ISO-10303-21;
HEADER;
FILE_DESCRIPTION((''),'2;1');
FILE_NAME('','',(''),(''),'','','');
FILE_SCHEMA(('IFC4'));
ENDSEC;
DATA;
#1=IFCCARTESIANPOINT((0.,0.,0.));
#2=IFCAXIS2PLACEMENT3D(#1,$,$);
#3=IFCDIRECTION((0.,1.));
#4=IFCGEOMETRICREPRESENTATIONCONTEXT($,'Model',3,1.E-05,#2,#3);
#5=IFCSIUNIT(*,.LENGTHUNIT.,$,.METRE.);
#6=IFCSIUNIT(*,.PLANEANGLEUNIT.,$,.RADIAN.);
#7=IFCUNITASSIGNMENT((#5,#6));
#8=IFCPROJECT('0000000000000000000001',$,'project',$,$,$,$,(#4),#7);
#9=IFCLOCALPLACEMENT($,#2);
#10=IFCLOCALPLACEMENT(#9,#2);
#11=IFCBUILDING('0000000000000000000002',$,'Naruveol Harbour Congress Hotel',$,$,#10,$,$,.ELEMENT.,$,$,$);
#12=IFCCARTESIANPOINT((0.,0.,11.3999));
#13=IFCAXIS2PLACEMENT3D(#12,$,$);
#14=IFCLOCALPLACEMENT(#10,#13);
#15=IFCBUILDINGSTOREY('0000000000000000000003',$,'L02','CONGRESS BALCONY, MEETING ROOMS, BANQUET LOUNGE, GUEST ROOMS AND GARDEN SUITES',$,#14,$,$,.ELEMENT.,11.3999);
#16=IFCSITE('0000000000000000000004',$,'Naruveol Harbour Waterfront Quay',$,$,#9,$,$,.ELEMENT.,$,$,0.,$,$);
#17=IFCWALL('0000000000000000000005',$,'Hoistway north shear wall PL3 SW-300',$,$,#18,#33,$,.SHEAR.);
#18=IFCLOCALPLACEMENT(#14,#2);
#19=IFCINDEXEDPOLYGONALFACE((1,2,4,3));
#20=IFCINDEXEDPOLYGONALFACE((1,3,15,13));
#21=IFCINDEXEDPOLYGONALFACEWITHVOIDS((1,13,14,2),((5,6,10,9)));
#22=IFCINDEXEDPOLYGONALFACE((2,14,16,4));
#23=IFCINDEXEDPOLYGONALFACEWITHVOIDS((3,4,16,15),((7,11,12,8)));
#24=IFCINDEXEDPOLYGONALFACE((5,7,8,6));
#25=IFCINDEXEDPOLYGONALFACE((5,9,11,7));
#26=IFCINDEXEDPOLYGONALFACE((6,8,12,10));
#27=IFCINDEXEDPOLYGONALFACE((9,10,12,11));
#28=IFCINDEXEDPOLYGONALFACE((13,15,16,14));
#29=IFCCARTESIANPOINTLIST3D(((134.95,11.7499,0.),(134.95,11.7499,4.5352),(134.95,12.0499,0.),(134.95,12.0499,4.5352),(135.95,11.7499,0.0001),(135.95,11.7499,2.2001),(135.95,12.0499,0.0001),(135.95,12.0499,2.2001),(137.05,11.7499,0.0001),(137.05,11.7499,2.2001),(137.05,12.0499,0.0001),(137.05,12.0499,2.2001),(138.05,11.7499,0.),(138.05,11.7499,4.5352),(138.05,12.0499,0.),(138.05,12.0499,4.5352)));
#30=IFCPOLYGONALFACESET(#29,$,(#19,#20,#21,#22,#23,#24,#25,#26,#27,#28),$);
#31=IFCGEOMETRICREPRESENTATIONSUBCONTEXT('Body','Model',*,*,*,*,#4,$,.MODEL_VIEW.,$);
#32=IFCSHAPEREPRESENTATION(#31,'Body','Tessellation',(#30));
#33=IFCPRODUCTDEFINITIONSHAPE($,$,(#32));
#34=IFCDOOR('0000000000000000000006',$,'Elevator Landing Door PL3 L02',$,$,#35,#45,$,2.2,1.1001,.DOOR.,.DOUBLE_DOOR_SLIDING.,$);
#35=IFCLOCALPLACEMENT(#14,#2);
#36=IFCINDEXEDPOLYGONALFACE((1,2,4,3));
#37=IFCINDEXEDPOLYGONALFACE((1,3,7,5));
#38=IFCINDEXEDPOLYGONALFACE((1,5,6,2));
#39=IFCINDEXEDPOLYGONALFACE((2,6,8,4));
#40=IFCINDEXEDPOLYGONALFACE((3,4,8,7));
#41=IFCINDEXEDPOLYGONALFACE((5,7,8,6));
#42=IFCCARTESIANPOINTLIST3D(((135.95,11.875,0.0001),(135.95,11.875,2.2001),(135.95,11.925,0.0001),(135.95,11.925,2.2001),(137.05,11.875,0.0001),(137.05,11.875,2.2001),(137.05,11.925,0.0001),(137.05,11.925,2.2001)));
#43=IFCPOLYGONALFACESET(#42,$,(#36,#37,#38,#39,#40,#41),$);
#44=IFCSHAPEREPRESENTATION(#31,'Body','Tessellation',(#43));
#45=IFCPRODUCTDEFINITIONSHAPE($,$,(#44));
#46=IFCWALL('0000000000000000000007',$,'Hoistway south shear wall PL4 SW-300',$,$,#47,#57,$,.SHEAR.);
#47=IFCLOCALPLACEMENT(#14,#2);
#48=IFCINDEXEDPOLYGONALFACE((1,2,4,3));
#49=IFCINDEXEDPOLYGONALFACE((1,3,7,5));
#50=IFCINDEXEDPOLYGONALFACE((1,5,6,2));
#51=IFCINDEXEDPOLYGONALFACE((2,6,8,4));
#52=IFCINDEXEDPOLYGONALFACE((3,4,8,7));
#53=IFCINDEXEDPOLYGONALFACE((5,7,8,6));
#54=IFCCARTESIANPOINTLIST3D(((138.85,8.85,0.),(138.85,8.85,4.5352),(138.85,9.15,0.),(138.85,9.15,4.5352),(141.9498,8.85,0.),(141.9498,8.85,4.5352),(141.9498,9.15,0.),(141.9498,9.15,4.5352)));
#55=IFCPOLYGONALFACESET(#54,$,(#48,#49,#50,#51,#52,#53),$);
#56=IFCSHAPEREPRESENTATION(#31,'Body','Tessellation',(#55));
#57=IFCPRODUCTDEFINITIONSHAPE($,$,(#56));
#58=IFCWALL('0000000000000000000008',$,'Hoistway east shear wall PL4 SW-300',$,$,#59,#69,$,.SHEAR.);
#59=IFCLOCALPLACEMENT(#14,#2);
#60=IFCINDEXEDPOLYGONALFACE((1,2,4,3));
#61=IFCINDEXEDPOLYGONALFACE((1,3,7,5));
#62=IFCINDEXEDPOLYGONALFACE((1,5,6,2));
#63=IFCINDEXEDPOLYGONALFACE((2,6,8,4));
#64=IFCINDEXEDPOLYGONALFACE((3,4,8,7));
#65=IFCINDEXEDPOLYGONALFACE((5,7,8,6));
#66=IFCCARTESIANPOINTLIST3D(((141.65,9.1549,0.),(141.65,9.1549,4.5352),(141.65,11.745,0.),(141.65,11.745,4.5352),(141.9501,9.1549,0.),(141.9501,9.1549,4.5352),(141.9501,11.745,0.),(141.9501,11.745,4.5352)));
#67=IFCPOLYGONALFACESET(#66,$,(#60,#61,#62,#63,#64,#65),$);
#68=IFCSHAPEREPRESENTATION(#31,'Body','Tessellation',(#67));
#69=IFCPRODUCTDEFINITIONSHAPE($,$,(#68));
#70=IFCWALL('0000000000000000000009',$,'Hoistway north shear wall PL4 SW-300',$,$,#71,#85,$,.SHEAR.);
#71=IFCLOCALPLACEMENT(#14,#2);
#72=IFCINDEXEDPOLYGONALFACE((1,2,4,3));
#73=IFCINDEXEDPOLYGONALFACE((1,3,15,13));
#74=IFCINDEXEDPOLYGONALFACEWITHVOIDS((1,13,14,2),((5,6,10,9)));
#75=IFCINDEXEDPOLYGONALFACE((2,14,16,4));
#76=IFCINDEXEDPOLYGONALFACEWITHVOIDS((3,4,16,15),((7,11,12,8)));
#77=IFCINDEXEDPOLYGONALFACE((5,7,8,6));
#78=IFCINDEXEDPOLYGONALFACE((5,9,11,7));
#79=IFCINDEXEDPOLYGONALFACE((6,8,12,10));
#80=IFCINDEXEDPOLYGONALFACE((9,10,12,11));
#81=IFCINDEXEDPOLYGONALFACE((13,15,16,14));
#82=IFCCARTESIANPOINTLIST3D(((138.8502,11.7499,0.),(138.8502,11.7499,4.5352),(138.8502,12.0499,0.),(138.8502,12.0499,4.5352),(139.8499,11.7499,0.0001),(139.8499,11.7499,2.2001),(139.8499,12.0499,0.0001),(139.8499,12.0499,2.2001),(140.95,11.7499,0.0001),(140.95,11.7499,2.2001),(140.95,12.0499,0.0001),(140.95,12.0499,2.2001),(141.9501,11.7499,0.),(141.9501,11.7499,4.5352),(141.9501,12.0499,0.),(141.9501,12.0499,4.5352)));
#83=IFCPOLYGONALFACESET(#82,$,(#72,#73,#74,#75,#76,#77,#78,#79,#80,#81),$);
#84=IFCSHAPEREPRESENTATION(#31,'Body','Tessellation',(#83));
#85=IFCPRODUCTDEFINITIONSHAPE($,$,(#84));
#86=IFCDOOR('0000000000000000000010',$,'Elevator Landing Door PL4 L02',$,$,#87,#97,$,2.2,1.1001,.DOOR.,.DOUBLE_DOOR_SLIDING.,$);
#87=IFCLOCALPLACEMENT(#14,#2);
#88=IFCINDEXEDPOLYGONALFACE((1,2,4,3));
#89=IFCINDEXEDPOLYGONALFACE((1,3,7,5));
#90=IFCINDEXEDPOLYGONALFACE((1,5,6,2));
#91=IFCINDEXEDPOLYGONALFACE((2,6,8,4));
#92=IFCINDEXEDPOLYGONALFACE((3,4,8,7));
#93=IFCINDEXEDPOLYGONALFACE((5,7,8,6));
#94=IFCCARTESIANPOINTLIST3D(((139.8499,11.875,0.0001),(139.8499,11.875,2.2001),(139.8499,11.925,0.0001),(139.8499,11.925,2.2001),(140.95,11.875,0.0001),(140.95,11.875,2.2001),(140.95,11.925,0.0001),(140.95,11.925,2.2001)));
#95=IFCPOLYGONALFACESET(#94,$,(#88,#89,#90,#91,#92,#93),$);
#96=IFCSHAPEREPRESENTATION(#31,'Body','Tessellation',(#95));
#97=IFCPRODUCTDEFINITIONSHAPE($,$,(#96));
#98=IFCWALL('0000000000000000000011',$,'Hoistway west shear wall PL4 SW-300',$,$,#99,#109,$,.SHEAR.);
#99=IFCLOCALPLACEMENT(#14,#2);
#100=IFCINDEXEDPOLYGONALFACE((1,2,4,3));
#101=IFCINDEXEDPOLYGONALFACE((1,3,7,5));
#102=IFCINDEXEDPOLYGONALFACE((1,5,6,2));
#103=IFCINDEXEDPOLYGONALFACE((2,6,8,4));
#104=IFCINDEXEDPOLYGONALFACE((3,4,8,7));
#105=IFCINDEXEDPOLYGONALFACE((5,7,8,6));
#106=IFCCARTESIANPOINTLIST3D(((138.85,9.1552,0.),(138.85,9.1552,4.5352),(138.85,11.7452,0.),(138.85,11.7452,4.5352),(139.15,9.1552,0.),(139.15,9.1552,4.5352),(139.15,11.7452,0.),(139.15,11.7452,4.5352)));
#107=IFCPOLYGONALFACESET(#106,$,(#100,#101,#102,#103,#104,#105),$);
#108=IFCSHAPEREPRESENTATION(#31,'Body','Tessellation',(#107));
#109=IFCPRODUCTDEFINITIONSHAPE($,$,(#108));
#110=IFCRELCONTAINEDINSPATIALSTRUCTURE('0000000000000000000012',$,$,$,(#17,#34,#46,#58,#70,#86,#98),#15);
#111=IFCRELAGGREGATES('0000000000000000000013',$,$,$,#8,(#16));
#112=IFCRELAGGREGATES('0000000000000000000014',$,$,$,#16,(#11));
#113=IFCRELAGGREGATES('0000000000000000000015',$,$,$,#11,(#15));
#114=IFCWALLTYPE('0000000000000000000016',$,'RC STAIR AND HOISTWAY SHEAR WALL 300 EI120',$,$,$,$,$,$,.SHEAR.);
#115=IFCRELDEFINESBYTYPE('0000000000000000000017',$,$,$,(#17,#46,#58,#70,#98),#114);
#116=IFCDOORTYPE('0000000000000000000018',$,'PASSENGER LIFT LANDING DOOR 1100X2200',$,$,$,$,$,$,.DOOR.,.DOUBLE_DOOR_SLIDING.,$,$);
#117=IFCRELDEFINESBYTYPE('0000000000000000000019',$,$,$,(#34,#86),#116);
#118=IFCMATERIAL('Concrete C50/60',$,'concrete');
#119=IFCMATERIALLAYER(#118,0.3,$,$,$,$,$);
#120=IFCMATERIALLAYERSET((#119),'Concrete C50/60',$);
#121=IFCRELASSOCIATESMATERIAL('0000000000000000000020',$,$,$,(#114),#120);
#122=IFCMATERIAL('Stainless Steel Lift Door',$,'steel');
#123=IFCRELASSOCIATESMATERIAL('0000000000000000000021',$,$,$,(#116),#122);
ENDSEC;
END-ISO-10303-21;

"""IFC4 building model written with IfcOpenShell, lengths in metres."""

from ifc_helpers import new_model, si_unit, direction, frame, frame_2d, origin, place, context, subcontext, project, spatial, rectangle, extrude, material, layer, layer_set, type_object, element, fill, save


model = new_model("IFC4")

# Units and contexts
model_context = context("Model", 3, precision=1e-05, world=origin(), true_north=direction((0.0, 1.0)))
body_context = subcontext(model_context, "Body", "Model", "MODEL_VIEW")
ifc_project = project(units=[si_unit("LENGTHUNIT", "METRE"), si_unit("PLANEANGLEUNIT", "RADIAN")], contexts=[model_context])

# Site, building, storey
site_placement = place(None, origin())
site = spatial("IfcSite", under=ifc_project, at=site_placement, Name="Naruveol Harbour Waterfront Quay", CompositionType="ELEMENT", RefElevation=0.0)
building_placement = place(site_placement, origin())
building = spatial("IfcBuilding", under=site, at=building_placement, Name="Naruveol Harbour Congress Hotel", CompositionType="ELEMENT")
storey_placement = place(building_placement, frame((0.0, 0.0, 11.3999)))
storey = spatial("IfcBuildingStorey", under=building, at=storey_placement, Name="L02", Description="CONGRESS BALCONY, MEETING ROOMS, BANQUET LOUNGE, GUEST ROOMS AND GARDEN SUITES", CompositionType="ELEMENT", Elevation=11.3999)

# Shared definitions
ifc_material_1 = material(Name="Concrete C50/60", Category="concrete")
ifc_layer_1 = layer(ifc_material_1, 0.3)
ifc_layer_set_1 = layer_set([ifc_layer_1], Name="Concrete C50/60")
wall_type_1 = type_object("IfcWallType", Name="RC STAIR AND HOISTWAY SHEAR WALL 300 EI120", PredefinedType="SHEAR", material=ifc_layer_set_1)

# Wall, opening, door
wall_1_placement = place(storey_placement, frame((138.05, 11.8999, 0.0), z_axis=(0.0, 0.0, 1.0), x_axis=(-1.0, 0.0, 0.0)))
wall_1 = element("IfcWall", 1, at=wall_1_placement, inside=storey, type_object=wall_type_1, Name="Hoistway north shear wall PL3 SW-300", PredefinedType="SHEAR", context=body_context, shape_type="SweptSolid", body=[
    extrude(rectangle(XDim=3.1001, YDim=0.3, at=frame_2d((1.55, 0.0))), origin(), (0.0, 0.0, 1.0), 4.5352),
])
opening_1_placement = place(wall_1_placement, frame((1.0, 0.0, 0.0)))
opening_1 = element("IfcOpeningElement", 2, at=opening_1_placement, cuts=wall_1, PredefinedType="OPENING", context=body_context, shape_type="SweptSolid", body=[
    extrude(rectangle(XDim=1.1001, YDim=2.2, at=frame_2d((0.55, 1.1001))), frame((0.0, 0.1599, 0.0), z_axis=(0.0, -1.0, 0.0), x_axis=(1.0, 0.0, 0.0)), (0.0, 0.0, 1.0), 0.3201),
])
ifc_material_2 = material(Name="Stainless Steel Lift Door", Category="steel")
door_type_1 = type_object("IfcDoorType", Name="PASSENGER LIFT LANDING DOOR 1100X2200", OperationType="DOUBLE_DOOR_SLIDING", PredefinedType="DOOR", material=ifc_material_2)
door_1_placement = place(opening_1_placement, origin())
door_1 = element("IfcDoor", 3, at=door_1_placement, inside=storey, type_object=door_type_1, Name="Elevator Landing Door PL3 L02", OperationType="DOUBLE_DOOR_SLIDING", OverallHeight=2.2, OverallWidth=1.1001, PredefinedType="DOOR", context=body_context, shape_type="SweptSolid", body=[
    extrude(rectangle(XDim=1.1001, YDim=2.2, at=frame_2d((0.55, 1.1001))), frame((0.0, 0.0249, 0.0), z_axis=(0.0, -1.0, 0.0), x_axis=(1.0, 0.0, 0.0)), (0.0, 0.0, 1.0), 0.05),
])
fill(opening_1, door_1)

# Walls
wall_2_placement = place(storey_placement, frame((138.8501, 9.0, 0.0), z_axis=(0.0, 0.0, 1.0), x_axis=(1.0, 0.0, 0.0)))
element("IfcWall", 4, at=wall_2_placement, inside=storey, type_object=wall_type_1, Name="Hoistway south shear wall PL4 SW-300", PredefinedType="SHEAR", context=body_context, shape_type="SweptSolid", body=[
    extrude(rectangle(XDim=3.0999, YDim=0.3, at=frame_2d((1.5498, 0.0))), origin(), (0.0, 0.0, 1.0), 4.5352),
])
wall_3_placement = place(storey_placement, frame((141.8, 9.155, 0.0), z_axis=(0.0, 0.0, 1.0), x_axis=(0.0, 1.0, 0.0)))
element("IfcWall", 5, at=wall_3_placement, inside=storey, type_object=wall_type_1, Name="Hoistway east shear wall PL4 SW-300", PredefinedType="SHEAR", context=body_context, shape_type="SweptSolid", body=[
    extrude(rectangle(XDim=2.5901, YDim=0.3, at=frame_2d((1.2949, 0.0))), origin(), (0.0, 0.0, 1.0), 4.5352),
])

# Wall, opening, door
wall_4_placement = place(storey_placement, frame((141.95, 11.8999, 0.0), z_axis=(0.0, 0.0, 1.0), x_axis=(-1.0, 0.0, 0.0)))
wall_4 = element("IfcWall", 6, at=wall_4_placement, inside=storey, type_object=wall_type_1, Name="Hoistway north shear wall PL4 SW-300", PredefinedType="SHEAR", context=body_context, shape_type="SweptSolid", body=[
    extrude(rectangle(XDim=3.0999, YDim=0.3, at=frame_2d((1.5498, 0.0))), origin(), (0.0, 0.0, 1.0), 4.5352),
])
opening_2_placement = place(wall_4_placement, frame((1.0, 0.0, 0.0)))
opening_2 = element("IfcOpeningElement", 7, at=opening_2_placement, cuts=wall_4, PredefinedType="OPENING", context=body_context, shape_type="SweptSolid", body=[
    extrude(rectangle(XDim=1.1001, YDim=2.2, at=frame_2d((0.55, 1.1001))), frame((0.0, 0.1599, 0.0), z_axis=(0.0, -1.0, 0.0), x_axis=(1.0, 0.0, 0.0)), (0.0, 0.0, 1.0), 0.3201),
])
door_2_placement = place(opening_2_placement, origin())
door_2 = element("IfcDoor", 8, at=door_2_placement, inside=storey, type_object=door_type_1, Name="Elevator Landing Door PL4 L02", OperationType="DOUBLE_DOOR_SLIDING", OverallHeight=2.2, OverallWidth=1.1001, PredefinedType="DOOR", context=body_context, shape_type="SweptSolid", body=[
    extrude(rectangle(XDim=1.1001, YDim=2.2, at=frame_2d((0.55, 1.1001))), frame((0.0, 0.0249, 0.0), z_axis=(0.0, -1.0, 0.0), x_axis=(1.0, 0.0, 0.0)), (0.0, 0.0, 1.0), 0.05),
])
fill(opening_2, door_2)

# Wall
wall_5_placement = place(storey_placement, frame((139.0, 11.7451, 0.0), z_axis=(0.0, 0.0, 1.0), x_axis=(0.0, -1.0, 0.0)))
element("IfcWall", 9, at=wall_5_placement, inside=storey, type_object=wall_type_1, Name="Hoistway west shear wall PL4 SW-300", PredefinedType="SHEAR", context=body_context, shape_type="SweptSolid", body=[
    extrude(rectangle(XDim=2.5901, YDim=0.3, at=frame_2d((1.2949, 0.0))), origin(), (0.0, 0.0, 1.0), 4.5352),
])

save(model, "model.ifc")
